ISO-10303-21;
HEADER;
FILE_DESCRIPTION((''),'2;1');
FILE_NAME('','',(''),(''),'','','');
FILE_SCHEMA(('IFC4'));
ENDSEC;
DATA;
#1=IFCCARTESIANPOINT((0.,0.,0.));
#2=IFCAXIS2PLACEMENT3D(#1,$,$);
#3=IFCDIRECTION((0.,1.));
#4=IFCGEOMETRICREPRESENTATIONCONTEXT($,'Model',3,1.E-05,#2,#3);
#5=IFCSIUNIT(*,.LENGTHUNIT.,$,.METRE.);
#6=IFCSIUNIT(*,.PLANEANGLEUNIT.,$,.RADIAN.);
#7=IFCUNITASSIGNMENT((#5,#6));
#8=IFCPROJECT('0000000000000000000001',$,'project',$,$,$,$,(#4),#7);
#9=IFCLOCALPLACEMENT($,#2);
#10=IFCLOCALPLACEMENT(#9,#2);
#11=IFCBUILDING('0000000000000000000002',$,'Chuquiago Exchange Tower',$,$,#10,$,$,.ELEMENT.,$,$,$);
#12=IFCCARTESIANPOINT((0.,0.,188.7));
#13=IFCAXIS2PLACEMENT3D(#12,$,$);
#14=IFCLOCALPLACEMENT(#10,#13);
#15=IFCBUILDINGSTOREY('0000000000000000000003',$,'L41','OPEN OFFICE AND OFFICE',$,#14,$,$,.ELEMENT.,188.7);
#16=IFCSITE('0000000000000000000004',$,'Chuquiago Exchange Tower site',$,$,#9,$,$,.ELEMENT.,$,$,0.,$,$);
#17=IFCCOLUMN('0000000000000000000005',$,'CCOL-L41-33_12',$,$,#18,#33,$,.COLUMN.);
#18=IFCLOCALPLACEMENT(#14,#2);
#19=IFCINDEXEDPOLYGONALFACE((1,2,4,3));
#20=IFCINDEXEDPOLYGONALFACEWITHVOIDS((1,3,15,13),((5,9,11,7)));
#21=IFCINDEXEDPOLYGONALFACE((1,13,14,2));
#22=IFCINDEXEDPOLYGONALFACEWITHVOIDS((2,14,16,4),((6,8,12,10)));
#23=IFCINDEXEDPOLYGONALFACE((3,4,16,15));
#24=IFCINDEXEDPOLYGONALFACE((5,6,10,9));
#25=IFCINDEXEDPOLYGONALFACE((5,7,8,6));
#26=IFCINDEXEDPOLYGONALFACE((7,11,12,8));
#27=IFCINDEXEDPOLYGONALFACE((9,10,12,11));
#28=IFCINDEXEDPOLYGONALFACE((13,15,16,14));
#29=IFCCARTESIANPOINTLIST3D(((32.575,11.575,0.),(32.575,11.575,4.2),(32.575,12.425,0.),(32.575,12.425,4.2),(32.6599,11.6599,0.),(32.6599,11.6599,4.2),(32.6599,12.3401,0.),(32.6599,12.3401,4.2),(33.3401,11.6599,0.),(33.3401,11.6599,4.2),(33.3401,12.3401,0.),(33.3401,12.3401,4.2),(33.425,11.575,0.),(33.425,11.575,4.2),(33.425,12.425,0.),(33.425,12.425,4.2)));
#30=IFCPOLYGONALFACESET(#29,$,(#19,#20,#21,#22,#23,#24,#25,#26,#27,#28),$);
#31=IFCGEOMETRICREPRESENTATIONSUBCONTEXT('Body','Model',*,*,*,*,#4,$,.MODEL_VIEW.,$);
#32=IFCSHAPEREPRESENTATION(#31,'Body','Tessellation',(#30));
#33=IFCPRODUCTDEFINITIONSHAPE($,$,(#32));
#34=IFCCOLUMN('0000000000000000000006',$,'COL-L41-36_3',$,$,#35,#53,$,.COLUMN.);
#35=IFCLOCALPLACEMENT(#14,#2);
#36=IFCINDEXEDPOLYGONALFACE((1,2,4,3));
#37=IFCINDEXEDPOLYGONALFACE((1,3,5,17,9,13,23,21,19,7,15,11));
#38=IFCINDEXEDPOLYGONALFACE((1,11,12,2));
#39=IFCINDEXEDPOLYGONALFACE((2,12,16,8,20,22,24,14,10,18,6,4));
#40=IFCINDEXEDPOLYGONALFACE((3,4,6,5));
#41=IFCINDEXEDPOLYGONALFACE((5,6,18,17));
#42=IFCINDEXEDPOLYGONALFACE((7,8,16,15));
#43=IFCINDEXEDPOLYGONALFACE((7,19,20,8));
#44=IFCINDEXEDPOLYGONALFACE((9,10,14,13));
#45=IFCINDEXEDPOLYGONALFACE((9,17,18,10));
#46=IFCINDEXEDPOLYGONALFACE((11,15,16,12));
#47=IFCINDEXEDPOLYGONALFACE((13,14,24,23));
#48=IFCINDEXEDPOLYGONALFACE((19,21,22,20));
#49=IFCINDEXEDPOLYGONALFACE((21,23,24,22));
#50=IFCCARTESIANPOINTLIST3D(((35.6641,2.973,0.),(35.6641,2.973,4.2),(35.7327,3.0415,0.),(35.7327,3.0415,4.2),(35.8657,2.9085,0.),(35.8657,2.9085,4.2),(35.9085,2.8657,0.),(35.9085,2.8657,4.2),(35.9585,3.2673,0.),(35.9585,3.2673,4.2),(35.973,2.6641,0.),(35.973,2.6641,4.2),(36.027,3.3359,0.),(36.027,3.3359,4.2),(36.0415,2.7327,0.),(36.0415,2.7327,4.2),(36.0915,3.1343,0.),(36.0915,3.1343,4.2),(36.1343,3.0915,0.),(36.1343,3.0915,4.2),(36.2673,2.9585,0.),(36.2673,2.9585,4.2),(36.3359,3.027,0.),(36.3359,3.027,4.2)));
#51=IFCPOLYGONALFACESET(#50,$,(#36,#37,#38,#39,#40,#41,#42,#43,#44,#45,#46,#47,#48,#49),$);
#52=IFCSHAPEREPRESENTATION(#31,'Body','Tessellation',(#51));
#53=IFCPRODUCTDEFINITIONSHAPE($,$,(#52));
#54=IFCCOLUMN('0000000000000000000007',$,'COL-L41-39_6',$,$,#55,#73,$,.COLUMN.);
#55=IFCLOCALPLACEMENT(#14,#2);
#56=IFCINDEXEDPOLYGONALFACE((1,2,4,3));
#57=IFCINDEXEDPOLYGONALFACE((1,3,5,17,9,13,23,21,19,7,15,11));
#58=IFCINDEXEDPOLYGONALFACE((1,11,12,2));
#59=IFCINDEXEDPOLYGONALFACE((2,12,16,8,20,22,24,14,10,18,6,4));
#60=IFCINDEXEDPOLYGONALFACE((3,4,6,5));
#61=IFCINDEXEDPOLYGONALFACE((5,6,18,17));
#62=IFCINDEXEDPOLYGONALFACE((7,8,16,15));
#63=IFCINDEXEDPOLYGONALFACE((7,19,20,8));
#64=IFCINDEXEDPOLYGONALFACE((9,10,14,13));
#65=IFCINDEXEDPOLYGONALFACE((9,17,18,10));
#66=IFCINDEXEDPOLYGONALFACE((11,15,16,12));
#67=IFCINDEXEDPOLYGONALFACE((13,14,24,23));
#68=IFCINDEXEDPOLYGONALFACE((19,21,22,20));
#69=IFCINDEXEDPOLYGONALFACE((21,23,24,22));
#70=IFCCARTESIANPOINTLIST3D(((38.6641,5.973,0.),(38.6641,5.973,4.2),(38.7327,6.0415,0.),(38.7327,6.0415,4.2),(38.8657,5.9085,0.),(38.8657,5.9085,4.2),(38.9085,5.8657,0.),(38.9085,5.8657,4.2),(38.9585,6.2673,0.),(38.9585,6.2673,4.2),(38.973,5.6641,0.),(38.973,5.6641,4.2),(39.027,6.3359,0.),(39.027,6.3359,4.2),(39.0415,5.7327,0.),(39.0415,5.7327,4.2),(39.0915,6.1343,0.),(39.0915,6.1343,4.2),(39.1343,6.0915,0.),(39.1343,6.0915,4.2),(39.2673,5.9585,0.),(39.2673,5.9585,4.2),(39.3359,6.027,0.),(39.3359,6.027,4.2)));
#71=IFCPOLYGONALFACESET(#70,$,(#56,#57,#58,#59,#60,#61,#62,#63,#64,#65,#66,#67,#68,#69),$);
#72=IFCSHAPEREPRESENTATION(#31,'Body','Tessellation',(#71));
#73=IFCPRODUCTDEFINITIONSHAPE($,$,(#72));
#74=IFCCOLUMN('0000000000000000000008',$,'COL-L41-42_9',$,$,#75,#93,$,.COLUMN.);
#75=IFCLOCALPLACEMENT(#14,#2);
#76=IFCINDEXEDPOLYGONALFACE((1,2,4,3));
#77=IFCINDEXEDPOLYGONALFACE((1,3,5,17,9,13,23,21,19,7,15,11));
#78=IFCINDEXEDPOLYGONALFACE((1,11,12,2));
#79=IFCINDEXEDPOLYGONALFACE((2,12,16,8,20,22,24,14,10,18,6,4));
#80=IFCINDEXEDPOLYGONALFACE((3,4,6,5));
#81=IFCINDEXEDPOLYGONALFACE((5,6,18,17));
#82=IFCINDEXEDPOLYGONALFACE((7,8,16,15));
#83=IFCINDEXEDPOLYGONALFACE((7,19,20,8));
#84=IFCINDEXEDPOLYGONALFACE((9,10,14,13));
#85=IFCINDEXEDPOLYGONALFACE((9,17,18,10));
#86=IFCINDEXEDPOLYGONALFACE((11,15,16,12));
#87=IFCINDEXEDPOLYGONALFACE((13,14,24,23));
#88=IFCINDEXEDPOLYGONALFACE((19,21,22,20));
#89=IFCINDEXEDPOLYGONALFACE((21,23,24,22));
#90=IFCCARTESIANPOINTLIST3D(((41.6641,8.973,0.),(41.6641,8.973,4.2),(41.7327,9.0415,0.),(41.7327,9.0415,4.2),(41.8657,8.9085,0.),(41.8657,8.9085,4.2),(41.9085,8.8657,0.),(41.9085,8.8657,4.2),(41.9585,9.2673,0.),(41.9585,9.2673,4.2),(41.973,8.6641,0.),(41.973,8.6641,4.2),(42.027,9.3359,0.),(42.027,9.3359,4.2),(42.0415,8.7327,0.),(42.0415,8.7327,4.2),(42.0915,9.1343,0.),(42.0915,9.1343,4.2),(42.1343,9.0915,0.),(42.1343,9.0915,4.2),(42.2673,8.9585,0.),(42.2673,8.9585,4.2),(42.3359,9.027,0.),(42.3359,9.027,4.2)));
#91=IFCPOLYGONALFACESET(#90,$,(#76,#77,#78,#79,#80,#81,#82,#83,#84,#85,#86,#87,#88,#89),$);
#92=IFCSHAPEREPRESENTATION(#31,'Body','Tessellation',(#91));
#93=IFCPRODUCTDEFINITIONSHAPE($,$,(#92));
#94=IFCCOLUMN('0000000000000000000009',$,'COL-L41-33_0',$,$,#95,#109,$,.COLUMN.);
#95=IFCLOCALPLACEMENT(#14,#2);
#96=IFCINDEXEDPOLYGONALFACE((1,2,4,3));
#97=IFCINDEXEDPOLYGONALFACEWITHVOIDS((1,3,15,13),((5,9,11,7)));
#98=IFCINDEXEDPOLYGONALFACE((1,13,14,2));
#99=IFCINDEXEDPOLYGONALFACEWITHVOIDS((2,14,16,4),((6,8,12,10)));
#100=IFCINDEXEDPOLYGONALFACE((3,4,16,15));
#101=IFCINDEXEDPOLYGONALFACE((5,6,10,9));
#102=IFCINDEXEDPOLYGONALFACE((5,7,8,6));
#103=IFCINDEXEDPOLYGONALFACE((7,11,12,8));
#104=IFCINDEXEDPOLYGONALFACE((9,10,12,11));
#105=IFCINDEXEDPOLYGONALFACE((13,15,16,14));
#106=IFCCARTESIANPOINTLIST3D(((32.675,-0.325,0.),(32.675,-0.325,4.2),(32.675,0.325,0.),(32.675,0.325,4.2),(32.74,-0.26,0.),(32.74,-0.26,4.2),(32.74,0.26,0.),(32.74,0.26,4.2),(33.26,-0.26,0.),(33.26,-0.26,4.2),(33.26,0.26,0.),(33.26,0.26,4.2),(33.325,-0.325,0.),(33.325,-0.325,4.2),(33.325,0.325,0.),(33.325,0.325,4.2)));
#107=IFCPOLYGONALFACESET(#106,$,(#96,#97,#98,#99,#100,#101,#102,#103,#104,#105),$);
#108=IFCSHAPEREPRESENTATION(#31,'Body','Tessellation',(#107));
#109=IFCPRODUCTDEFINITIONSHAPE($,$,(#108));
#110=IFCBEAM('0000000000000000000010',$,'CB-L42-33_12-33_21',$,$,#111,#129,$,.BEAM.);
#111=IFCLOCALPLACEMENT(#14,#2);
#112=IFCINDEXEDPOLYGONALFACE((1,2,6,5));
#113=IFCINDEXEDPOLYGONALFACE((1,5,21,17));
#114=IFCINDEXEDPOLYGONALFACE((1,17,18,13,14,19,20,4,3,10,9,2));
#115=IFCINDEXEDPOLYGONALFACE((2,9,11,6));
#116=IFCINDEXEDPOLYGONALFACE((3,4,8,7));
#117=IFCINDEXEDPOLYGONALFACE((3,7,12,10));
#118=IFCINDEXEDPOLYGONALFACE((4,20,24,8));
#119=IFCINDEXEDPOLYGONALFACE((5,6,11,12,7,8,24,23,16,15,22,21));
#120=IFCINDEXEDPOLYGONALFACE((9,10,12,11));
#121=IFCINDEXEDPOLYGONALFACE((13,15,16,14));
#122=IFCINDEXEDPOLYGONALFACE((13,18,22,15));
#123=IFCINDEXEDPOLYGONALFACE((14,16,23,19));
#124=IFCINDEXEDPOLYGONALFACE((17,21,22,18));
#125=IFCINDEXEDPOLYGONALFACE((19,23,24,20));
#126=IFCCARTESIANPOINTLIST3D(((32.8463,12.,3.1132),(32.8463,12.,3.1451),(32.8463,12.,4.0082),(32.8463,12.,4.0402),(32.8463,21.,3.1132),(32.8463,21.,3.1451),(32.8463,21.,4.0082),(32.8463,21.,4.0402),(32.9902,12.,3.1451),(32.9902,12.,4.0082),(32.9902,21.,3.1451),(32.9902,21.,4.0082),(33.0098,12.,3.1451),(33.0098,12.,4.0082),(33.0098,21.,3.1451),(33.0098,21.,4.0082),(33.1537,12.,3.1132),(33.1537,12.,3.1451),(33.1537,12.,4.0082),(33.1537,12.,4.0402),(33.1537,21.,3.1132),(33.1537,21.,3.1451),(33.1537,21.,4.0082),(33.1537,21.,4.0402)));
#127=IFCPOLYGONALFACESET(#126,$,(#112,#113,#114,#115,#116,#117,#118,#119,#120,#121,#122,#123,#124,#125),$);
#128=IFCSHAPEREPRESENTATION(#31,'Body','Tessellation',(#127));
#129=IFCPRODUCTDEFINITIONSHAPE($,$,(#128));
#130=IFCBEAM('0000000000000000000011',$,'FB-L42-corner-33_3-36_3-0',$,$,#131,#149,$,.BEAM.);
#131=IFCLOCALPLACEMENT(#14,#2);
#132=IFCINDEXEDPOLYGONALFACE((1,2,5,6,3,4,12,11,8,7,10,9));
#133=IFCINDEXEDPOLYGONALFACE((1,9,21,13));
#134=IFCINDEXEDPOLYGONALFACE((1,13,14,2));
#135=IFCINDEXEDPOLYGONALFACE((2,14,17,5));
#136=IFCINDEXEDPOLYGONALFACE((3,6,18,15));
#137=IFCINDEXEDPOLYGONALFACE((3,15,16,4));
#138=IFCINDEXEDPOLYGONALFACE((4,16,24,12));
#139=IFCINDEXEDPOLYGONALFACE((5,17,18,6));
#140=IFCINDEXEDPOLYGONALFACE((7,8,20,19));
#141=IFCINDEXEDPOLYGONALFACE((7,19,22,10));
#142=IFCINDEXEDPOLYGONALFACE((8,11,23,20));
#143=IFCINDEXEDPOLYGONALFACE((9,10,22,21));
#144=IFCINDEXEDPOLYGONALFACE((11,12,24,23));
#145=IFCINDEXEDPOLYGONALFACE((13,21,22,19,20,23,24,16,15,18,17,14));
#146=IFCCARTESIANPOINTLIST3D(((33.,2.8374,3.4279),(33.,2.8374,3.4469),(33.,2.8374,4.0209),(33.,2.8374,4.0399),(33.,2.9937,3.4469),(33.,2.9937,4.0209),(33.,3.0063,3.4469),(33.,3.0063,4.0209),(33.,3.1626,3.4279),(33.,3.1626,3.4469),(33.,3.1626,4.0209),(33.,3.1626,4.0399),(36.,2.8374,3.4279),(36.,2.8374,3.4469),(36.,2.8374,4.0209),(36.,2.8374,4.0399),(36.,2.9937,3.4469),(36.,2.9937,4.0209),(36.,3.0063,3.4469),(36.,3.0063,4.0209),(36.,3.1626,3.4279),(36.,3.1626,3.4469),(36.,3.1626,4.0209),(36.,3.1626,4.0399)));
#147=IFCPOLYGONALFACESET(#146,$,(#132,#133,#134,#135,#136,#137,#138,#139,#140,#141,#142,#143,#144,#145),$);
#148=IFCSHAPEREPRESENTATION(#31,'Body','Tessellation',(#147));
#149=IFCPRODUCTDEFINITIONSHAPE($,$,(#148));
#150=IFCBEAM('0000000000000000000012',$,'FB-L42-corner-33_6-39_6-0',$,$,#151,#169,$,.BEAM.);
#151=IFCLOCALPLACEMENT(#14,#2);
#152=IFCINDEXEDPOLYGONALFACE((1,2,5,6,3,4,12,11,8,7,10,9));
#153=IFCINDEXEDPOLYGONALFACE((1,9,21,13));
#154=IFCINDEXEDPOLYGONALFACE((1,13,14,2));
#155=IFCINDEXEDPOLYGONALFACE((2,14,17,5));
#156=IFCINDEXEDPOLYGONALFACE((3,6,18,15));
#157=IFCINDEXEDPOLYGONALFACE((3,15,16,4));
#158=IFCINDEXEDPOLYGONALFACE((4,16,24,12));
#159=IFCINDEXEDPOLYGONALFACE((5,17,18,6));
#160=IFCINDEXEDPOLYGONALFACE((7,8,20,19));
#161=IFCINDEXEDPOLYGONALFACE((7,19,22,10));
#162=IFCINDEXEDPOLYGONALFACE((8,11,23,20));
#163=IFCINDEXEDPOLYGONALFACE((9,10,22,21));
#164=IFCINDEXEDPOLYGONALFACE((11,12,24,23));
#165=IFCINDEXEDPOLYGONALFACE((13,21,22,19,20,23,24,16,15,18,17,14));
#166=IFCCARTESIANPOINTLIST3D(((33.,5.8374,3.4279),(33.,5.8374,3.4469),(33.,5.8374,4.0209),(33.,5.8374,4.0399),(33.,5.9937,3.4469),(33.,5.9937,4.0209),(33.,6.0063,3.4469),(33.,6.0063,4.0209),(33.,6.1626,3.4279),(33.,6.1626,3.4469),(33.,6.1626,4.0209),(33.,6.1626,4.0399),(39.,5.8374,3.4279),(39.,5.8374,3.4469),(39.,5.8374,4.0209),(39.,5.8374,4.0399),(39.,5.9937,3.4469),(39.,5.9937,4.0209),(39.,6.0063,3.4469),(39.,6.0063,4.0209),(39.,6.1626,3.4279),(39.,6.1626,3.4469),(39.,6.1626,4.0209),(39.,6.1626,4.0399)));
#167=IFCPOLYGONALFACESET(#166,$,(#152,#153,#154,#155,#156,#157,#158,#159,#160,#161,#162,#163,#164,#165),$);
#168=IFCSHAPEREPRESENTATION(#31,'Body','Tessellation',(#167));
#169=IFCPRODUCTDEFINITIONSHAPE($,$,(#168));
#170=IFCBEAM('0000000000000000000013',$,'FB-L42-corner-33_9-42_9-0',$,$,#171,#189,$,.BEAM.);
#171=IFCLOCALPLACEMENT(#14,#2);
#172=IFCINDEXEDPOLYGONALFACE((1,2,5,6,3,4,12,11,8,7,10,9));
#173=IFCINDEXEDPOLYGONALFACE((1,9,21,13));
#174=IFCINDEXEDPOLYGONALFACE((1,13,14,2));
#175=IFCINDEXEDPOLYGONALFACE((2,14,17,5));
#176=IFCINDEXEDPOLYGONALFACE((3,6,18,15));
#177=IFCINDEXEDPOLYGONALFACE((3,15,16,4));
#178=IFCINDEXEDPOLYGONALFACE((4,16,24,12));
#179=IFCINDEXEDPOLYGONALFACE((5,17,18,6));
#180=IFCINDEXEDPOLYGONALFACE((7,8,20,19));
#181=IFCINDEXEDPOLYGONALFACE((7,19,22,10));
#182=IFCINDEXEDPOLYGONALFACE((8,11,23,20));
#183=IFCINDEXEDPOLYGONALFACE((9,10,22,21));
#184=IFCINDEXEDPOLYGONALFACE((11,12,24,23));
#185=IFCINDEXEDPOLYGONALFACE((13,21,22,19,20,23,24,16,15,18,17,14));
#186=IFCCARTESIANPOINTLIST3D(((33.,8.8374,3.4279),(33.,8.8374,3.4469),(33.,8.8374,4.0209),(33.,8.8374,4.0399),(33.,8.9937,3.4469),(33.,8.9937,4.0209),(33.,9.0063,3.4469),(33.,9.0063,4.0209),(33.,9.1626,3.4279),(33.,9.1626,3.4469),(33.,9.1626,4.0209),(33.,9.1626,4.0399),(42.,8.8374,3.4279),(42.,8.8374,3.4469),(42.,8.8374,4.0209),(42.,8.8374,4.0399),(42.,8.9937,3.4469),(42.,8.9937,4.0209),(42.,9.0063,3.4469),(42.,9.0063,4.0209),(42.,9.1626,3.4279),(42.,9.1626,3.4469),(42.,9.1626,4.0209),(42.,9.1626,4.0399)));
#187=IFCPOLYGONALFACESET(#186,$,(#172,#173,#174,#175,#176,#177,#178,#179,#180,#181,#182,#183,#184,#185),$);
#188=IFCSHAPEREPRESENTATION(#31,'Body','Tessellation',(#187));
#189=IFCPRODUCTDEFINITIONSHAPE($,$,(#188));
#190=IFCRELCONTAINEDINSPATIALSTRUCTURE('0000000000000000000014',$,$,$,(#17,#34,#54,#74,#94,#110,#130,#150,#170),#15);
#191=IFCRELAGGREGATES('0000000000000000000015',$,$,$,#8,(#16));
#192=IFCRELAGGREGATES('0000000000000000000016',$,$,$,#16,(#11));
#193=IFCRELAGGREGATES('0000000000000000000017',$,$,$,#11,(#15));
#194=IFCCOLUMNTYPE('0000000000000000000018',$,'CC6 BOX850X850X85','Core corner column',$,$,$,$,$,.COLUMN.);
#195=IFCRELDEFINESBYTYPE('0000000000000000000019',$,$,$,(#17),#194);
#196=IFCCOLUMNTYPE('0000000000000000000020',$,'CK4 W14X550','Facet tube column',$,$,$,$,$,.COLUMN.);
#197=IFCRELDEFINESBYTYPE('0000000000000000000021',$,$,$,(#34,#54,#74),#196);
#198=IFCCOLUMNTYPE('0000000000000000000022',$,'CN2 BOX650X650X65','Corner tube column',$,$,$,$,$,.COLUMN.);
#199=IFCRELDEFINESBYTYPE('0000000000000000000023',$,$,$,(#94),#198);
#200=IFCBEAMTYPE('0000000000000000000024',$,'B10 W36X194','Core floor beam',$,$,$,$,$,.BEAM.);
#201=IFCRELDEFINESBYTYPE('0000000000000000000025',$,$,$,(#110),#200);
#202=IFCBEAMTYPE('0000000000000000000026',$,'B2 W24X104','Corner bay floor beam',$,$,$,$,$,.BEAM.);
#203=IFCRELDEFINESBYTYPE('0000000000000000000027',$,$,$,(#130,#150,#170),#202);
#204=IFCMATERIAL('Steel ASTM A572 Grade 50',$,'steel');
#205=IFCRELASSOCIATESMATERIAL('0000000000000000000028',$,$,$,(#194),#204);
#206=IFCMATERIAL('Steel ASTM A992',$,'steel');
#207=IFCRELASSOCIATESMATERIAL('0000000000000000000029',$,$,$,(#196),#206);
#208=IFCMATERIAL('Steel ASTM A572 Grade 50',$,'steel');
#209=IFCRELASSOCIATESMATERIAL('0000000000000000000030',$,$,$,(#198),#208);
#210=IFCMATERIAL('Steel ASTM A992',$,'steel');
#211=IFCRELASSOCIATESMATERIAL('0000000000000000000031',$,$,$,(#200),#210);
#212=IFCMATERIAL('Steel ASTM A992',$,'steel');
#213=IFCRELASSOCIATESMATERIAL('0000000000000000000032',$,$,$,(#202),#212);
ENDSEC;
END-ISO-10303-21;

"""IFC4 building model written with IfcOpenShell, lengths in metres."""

from ifc_helpers import new_model, si_unit, direction, frame, origin, origin_2d, place, context, subcontext, project, spatial, hollow_rectangle, i_section, extrude, material, material_profile, profile_set, type_object, element, save


model = new_model("IFC4")

# Units and contexts
model_context = context("Model", 3, precision=1e-05, world=origin(), true_north=direction((0.0, 1.0)))
body_context = subcontext(model_context, "Body", "Model", "MODEL_VIEW")
ifc_project = project(units=[si_unit("LENGTHUNIT", "METRE"), si_unit("PLANEANGLEUNIT", "RADIAN")], contexts=[model_context])

# Site, building, storey
site_placement = place(None, origin())
site = spatial("IfcSite", under=ifc_project, at=site_placement, Name="Chuquiago Exchange Tower site", CompositionType="ELEMENT", RefElevation=0.0)
building_placement = place(site_placement, origin())
building = spatial("IfcBuilding", under=site, at=building_placement, Name="Chuquiago Exchange Tower", CompositionType="ELEMENT")
storey_placement = place(building_placement, frame((0.0, 0.0, 188.7)))
storey = spatial("IfcBuildingStorey", under=building, at=storey_placement, Name="L41", Description="OPEN OFFICE AND OFFICE", CompositionType="ELEMENT", Elevation=188.7)

# Columns
ifc_material_1 = material(Name="Steel ASTM A572 Grade 50", Category="steel")
ifc_material_profile_1 = material_profile(ifc_material_1, hollow_rectangle(XDim=0.8501, YDim=0.8501, WallThickness=0.085, at=origin_2d()), Name="BOX850X850X85")
ifc_profile_set_1 = profile_set([ifc_material_profile_1], Name="Steel ASTM A572 Grade 50")
column_type_1 = type_object("IfcColumnType", Name="CC6 BOX850X850X85", Description="Core corner column", PredefinedType="COLUMN", material=ifc_profile_set_1)
column_1_placement = place(storey_placement, frame((33.0, 12.0, 0.0), z_axis=(0.0, 0.0, 1.0), x_axis=(1.0, 0.0, 0.0)))
element("IfcColumn", 1, at=column_1_placement, inside=storey, type_object=column_type_1, Name="CCOL-L41-33_12", PredefinedType="COLUMN", context=body_context, shape_type="SweptSolid", body=[
    extrude(hollow_rectangle(XDim=0.8501, YDim=0.8501, WallThickness=0.085, at=origin_2d()), origin(), (0.0, 0.0, 1.0), 4.2),
])
ifc_material_2 = material(Name="Steel ASTM A992", Category="steel")
ifc_material_profile_2 = material_profile(ifc_material_2, i_section(OverallWidth=0.4368, OverallDepth=0.5132, WebThickness=0.0605, FlangeThickness=0.0969, at=origin_2d()), Name="W14X550")
ifc_profile_set_2 = profile_set([ifc_material_profile_2], Name="Steel ASTM A992")
column_type_2 = type_object("IfcColumnType", Name="CK4 W14X550", Description="Facet tube column", PredefinedType="COLUMN", material=ifc_profile_set_2)
for number, where, z_axis, x_axis, name in (
    (2, (36.0, 3.0, 0.0), (0.0, 0.0, 1.0), (0.707107, -0.707107, 0.0), "COL-L41-36_3"),
    (3, (39.0, 6.0, 0.0), (0.0, 0.0, 1.0), (0.707107, -0.707107, 0.0), "COL-L41-39_6"),
    (4, (42.0, 9.0, 0.0), (0.0, 0.0, 1.0), (0.707107, -0.707107, 0.0), "COL-L41-42_9"),
):
    element("IfcColumn", number, at=place(storey_placement, frame(where, z_axis=z_axis, x_axis=x_axis)), inside=storey, type_object=column_type_2, Name=name, PredefinedType="COLUMN", context=body_context, shape_type="SweptSolid", body=[
        extrude(i_section(OverallWidth=0.4368, OverallDepth=0.5132, WebThickness=0.0605, FlangeThickness=0.0969, at=origin_2d()), origin(), (0.0, 0.0, 1.0), 4.2),
    ])
ifc_material_3 = material(Name="Steel ASTM A572 Grade 50", Category="steel")
ifc_material_profile_3 = material_profile(ifc_material_3, hollow_rectangle(XDim=0.6499, YDim=0.6499, WallThickness=0.0649, at=origin_2d()), Name="BOX650X650X65")
ifc_profile_set_3 = profile_set([ifc_material_profile_3], Name="Steel ASTM A572 Grade 50")
column_type_3 = type_object("IfcColumnType", Name="CN2 BOX650X650X65", Description="Corner tube column", PredefinedType="COLUMN", material=ifc_profile_set_3)
column_2_placement = place(storey_placement, frame((33.0, 0.0, 0.0), z_axis=(0.0, 0.0, 1.0), x_axis=(0.0, -1.0, 0.0)))
element("IfcColumn", 5, at=column_2_placement, inside=storey, type_object=column_type_3, Name="COL-L41-33_0", PredefinedType="COLUMN", context=body_context, shape_type="SweptSolid", body=[
    extrude(hollow_rectangle(XDim=0.6499, YDim=0.6499, WallThickness=0.0649, at=origin_2d()), origin(), (0.0, 0.0, 1.0), 4.2),
])

# Beams
ifc_material_4 = material(Name="Steel ASTM A992", Category="steel")
ifc_material_profile_4 = material_profile(ifc_material_4, i_section(OverallWidth=0.3074, OverallDepth=0.927, WebThickness=0.0195, FlangeThickness=0.032, at=origin_2d()), Name="W36X194")
ifc_profile_set_4 = profile_set([ifc_material_profile_4], Name="Steel ASTM A992")
beam_type_1 = type_object("IfcBeamType", Name="B10 W36X194", Description="Core floor beam", PredefinedType="BEAM", material=ifc_profile_set_4)
beam_1_placement = place(storey_placement, frame((33.0, 12.0, 3.5767), z_axis=(0.0, 1.0, 0.0), x_axis=(-1.0, 0.0, 0.0)))
element("IfcBeam", 6, at=beam_1_placement, inside=storey, type_object=beam_type_1, Name="CB-L42-33_12-33_21", PredefinedType="BEAM", context=body_context, shape_type="SweptSolid", body=[
    extrude(i_section(OverallWidth=0.3074, OverallDepth=0.927, WebThickness=0.0195, FlangeThickness=0.032, at=origin_2d()), origin(), (0.0, 0.0, 1.0), 9.0),
])
ifc_material_5 = material(Name="Steel ASTM A992", Category="steel")
ifc_material_profile_5 = material_profile(ifc_material_5, i_section(OverallWidth=0.3252, OverallDepth=0.6121, WebThickness=0.0127, FlangeThickness=0.019, at=origin_2d()), Name="W24X104")
ifc_profile_set_5 = profile_set([ifc_material_profile_5], Name="Steel ASTM A992")
beam_type_2 = type_object("IfcBeamType", Name="B2 W24X104", Description="Corner bay floor beam", PredefinedType="BEAM", material=ifc_profile_set_5)
beam_2_placement = place(storey_placement, frame((33.0, 3.0, 3.7339), z_axis=(1.0, 0.0, 0.0), x_axis=(0.0, 1.0, 0.0)))
element("IfcBeam", 7, at=beam_2_placement, inside=storey, type_object=beam_type_2, Name="FB-L42-corner-33_3-36_3-0", PredefinedType="BEAM", context=body_context, shape_type="SweptSolid", body=[
    extrude(i_section(OverallWidth=0.3252, OverallDepth=0.6121, WebThickness=0.0127, FlangeThickness=0.019, at=origin_2d()), origin(), (0.0, 0.0, 1.0), 3.0),
])
beam_3_placement = place(storey_placement, frame((33.0, 6.0, 3.7339), z_axis=(1.0, 0.0, 0.0), x_axis=(0.0, 1.0, 0.0)))
element("IfcBeam", 8, at=beam_3_placement, inside=storey, type_object=beam_type_2, Name="FB-L42-corner-33_6-39_6-0", PredefinedType="BEAM", context=body_context, shape_type="SweptSolid", body=[
    extrude(i_section(OverallWidth=0.3252, OverallDepth=0.6121, WebThickness=0.0127, FlangeThickness=0.019, at=origin_2d()), origin(), (0.0, 0.0, 1.0), 6.0),
])
beam_4_placement = place(storey_placement, frame((33.0, 9.0, 3.7339), z_axis=(1.0, 0.0, 0.0), x_axis=(0.0, 1.0, 0.0)))
element("IfcBeam", 9, at=beam_4_placement, inside=storey, type_object=beam_type_2, Name="FB-L42-corner-33_9-42_9-0", PredefinedType="BEAM", context=body_context, shape_type="SweptSolid", body=[
    extrude(i_section(OverallWidth=0.3252, OverallDepth=0.6121, WebThickness=0.0127, FlangeThickness=0.019, at=origin_2d()), origin(), (0.0, 0.0, 1.0), 9.0),
])

save(model, "model.ifc")
